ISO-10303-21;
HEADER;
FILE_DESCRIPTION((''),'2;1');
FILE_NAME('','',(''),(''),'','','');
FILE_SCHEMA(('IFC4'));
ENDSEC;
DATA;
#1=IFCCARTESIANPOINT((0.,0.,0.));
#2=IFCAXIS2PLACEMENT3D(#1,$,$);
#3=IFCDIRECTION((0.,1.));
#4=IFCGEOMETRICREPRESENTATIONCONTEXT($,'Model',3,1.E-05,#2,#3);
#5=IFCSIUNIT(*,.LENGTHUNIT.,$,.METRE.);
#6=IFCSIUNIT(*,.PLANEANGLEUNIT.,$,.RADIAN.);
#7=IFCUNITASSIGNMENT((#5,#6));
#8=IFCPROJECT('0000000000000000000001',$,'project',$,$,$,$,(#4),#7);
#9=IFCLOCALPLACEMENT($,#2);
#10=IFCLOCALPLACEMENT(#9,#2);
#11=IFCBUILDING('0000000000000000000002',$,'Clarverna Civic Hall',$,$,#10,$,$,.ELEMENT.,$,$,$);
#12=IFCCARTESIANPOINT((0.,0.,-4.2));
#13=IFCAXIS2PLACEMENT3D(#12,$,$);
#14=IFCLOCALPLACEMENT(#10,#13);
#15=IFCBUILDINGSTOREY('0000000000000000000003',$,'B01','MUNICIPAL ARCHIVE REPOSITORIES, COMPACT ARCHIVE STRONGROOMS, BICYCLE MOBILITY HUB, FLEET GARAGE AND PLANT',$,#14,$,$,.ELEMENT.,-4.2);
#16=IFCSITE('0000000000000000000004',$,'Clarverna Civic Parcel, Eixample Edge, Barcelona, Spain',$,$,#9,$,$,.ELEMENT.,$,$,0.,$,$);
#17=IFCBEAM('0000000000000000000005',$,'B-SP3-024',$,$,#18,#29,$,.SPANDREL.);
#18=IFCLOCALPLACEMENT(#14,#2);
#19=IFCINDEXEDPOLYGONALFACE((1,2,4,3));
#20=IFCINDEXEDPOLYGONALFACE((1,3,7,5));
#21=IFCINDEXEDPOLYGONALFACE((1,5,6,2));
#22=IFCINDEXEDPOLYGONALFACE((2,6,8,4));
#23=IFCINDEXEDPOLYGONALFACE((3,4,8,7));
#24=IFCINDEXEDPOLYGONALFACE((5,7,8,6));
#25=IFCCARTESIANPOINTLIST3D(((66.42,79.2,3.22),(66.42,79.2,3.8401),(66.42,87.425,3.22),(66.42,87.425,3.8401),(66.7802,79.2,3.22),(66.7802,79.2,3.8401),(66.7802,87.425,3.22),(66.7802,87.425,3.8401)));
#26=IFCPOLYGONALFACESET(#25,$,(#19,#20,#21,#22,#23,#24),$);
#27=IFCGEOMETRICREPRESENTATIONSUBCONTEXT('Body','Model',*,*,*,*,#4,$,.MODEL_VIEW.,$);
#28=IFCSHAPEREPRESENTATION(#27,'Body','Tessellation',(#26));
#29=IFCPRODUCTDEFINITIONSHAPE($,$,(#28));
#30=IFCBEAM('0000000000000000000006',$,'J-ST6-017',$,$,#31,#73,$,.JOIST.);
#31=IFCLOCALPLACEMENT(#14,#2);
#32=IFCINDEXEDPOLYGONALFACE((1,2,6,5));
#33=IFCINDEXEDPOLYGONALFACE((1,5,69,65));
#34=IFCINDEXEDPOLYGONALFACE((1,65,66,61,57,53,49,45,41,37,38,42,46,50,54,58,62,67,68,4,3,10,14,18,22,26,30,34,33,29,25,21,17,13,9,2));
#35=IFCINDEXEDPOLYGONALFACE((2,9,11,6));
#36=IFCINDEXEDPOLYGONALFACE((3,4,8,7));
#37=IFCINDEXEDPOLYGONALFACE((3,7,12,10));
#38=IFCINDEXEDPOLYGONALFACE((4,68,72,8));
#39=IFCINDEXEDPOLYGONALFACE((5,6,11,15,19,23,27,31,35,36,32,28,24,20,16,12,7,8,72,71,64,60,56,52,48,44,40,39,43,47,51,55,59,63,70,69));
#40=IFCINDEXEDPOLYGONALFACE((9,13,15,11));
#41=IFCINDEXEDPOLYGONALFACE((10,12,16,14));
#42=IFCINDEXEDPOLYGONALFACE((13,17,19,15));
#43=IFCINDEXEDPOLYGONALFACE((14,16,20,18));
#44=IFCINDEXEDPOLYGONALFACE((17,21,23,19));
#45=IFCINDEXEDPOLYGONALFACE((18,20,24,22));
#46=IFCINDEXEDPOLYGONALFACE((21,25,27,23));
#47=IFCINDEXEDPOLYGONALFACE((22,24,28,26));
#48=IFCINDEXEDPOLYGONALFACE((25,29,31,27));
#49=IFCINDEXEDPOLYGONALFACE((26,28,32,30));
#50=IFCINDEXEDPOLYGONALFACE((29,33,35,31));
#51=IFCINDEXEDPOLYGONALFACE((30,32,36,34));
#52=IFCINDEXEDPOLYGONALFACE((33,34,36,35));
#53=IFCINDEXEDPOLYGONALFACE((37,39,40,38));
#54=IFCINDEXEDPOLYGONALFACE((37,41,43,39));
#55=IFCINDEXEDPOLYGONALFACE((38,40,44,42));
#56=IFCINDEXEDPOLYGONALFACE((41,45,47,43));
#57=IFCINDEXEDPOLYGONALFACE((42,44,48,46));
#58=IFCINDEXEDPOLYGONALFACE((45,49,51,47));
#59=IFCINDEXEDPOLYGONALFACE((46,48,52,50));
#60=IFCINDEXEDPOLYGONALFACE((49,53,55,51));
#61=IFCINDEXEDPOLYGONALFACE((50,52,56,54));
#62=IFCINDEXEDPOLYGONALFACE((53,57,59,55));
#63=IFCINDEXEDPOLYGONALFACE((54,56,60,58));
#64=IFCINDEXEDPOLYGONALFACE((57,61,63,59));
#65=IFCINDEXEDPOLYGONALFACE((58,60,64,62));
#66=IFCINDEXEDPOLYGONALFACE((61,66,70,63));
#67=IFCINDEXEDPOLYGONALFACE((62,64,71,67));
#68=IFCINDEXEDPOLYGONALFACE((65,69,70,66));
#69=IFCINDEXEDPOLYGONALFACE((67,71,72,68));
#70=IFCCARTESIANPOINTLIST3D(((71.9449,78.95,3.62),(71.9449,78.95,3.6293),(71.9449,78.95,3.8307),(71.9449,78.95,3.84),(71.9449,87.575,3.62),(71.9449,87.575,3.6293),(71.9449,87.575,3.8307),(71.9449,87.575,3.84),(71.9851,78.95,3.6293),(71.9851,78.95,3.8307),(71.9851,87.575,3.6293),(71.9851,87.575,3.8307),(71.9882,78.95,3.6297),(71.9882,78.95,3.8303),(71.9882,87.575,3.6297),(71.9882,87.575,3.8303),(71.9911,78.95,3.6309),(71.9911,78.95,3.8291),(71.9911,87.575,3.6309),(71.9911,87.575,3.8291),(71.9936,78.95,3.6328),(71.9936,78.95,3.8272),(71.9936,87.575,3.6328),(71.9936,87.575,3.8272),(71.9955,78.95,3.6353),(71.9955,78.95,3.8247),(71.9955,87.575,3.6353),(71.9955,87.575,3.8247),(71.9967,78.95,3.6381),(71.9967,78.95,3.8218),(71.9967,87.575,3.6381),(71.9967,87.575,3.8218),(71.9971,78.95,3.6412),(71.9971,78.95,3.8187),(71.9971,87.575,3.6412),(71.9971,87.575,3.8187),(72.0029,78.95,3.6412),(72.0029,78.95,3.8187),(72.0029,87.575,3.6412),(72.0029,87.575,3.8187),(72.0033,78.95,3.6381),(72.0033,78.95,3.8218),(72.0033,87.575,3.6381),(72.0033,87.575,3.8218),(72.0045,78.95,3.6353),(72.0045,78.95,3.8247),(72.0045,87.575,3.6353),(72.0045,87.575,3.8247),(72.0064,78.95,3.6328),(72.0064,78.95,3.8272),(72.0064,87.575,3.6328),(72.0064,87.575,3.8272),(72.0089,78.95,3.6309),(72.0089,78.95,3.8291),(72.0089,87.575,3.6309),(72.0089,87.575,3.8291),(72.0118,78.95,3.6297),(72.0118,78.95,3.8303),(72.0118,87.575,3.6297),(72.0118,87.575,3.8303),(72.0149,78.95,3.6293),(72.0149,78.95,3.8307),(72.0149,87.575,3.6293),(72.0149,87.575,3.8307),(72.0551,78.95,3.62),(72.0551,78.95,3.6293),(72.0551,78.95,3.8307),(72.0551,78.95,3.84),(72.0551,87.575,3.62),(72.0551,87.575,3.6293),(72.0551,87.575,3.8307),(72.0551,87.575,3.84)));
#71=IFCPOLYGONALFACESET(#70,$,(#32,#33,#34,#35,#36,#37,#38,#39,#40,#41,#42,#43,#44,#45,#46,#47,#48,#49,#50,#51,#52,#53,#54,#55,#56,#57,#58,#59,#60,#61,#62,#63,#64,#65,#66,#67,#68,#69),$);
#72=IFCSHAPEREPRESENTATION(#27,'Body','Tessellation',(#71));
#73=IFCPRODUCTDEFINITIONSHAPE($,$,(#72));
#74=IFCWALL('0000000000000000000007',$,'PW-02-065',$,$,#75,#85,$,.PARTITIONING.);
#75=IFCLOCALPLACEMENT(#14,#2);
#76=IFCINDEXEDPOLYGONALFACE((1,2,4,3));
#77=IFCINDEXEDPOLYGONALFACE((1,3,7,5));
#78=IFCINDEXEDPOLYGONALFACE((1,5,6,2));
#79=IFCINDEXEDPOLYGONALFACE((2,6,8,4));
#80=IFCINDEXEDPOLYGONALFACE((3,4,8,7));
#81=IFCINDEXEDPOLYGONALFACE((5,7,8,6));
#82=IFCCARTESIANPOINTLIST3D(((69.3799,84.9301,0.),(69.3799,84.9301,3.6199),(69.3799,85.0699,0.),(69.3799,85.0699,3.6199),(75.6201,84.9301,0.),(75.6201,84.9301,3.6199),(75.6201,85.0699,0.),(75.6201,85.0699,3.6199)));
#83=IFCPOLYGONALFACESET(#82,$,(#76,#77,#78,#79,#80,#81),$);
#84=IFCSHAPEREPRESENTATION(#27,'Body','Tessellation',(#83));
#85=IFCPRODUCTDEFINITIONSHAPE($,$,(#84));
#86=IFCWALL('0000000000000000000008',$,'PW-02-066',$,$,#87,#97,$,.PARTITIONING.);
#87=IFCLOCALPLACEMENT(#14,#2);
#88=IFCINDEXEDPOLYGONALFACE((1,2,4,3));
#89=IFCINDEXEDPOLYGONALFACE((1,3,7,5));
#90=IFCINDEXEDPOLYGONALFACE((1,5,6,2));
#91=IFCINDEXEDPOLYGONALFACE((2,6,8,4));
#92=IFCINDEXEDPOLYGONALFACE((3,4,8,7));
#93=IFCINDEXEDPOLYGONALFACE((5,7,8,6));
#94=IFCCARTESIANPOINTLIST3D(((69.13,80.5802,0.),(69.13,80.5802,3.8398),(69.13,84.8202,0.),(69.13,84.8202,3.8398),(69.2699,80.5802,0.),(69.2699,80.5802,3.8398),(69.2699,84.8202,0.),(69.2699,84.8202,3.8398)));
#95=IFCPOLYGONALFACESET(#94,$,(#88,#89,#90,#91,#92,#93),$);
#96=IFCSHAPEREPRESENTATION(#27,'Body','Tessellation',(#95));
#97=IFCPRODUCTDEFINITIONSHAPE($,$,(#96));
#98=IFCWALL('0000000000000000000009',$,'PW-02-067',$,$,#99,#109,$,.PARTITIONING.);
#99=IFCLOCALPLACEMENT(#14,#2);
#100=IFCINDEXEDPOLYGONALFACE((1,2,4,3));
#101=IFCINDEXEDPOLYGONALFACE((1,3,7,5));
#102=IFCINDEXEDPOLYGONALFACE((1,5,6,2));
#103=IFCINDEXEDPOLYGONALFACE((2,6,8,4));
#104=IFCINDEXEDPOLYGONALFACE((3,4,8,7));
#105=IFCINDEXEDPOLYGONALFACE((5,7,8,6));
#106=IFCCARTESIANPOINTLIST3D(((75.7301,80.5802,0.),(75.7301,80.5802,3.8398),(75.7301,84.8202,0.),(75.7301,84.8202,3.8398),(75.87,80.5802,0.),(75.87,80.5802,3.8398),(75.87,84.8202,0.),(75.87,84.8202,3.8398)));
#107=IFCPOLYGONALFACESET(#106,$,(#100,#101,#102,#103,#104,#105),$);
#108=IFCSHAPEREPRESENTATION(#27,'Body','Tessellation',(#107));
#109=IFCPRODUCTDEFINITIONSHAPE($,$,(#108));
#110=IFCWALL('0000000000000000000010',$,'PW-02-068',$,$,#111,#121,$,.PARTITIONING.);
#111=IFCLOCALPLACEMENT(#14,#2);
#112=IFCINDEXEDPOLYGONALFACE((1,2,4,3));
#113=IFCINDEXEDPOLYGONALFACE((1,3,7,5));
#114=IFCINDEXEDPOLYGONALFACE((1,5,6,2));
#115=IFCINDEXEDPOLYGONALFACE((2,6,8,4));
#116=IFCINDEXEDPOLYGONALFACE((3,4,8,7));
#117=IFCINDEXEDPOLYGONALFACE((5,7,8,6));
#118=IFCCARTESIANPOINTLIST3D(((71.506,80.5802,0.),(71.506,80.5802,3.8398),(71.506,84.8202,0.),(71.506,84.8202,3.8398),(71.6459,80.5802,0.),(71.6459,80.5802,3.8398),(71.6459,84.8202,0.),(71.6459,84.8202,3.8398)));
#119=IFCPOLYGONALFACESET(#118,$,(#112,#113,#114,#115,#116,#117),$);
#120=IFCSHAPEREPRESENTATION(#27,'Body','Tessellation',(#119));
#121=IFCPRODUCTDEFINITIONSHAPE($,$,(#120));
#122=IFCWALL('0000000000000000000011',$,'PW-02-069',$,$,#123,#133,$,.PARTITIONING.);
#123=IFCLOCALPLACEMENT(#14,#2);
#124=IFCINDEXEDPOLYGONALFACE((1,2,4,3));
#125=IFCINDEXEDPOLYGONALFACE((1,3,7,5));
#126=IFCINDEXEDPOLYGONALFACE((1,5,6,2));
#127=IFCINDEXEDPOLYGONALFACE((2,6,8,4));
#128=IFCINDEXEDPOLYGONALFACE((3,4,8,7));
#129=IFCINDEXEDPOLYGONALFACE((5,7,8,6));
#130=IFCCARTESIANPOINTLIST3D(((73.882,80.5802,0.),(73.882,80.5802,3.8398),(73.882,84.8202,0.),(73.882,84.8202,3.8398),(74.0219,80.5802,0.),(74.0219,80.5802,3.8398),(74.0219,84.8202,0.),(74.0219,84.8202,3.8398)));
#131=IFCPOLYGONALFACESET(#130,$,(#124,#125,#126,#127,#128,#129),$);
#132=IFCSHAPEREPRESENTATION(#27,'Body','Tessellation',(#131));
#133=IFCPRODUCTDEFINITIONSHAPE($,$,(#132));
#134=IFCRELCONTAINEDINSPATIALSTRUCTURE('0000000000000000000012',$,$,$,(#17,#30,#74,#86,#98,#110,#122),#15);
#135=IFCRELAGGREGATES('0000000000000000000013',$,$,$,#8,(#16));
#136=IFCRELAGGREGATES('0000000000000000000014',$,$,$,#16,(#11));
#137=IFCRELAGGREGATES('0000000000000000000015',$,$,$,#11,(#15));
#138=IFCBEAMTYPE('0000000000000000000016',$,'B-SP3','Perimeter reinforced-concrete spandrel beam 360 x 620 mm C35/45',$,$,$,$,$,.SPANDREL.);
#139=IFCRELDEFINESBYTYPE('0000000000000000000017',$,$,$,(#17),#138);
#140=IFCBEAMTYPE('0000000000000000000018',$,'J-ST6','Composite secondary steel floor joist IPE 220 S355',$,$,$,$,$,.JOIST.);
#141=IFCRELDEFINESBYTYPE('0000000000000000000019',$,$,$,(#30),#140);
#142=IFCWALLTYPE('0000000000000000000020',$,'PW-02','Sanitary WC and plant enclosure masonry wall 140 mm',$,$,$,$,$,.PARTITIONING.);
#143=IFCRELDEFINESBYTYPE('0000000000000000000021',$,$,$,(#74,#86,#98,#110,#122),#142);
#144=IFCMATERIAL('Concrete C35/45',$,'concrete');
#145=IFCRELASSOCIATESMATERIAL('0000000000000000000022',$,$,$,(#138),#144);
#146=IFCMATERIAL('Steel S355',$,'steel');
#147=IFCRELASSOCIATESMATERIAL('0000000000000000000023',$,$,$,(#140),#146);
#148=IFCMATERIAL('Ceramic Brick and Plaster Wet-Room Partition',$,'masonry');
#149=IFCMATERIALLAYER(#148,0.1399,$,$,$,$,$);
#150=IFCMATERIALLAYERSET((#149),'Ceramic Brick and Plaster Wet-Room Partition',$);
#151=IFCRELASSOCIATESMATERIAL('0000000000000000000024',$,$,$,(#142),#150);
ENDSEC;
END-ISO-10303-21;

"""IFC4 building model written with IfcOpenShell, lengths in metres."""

from ifc_helpers import new_model, si_unit, direction, frame, frame_2d, origin, origin_2d, place, context, subcontext, project, spatial, rectangle, i_section, extrude, material, layer, layer_set, material_profile, profile_set, type_object, element, save


model = new_model("IFC4")

# Units and contexts
model_context = context("Model", 3, precision=1e-05, world=origin(), true_north=direction((0.0, 1.0)))
body_context = subcontext(model_context, "Body", "Model", "MODEL_VIEW")
ifc_project = project(units=[si_unit("LENGTHUNIT", "METRE"), si_unit("PLANEANGLEUNIT", "RADIAN")], contexts=[model_context])

# Site, building, storey
site_placement = place(None, origin())
site = spatial("IfcSite", under=ifc_project, at=site_placement, Name="Clarverna Civic Parcel, Eixample Edge, Barcelona, Spain", CompositionType="ELEMENT", RefElevation=0.0)
building_placement = place(site_placement, origin())
building = spatial("IfcBuilding", under=site, at=building_placement, Name="Clarverna Civic Hall", CompositionType="ELEMENT")
storey_placement = place(building_placement, frame((0.0, 0.0, -4.2)))
storey = spatial("IfcBuildingStorey", under=building, at=storey_placement, Name="B01", Description="MUNICIPAL ARCHIVE REPOSITORIES, COMPACT ARCHIVE STRONGROOMS, BICYCLE MOBILITY HUB, FLEET GARAGE AND PLANT", CompositionType="ELEMENT", Elevation=-4.2)

# Beams
ifc_material_1 = material(Name="Concrete C35/45", Category="concrete")
ifc_material_profile_1 = material_profile(ifc_material_1, rectangle(XDim=0.3601, YDim=0.6201, at=origin_2d()), Name="RC 360x620")
ifc_profile_set_1 = profile_set([ifc_material_profile_1], Name="Concrete C35/45")
beam_type_1 = type_object("IfcBeamType", Name="B-SP3", Description="Perimeter reinforced-concrete spandrel beam 360 x 620 mm C35/45", PredefinedType="SPANDREL", material=ifc_profile_set_1)
beam_1_placement = place(storey_placement, frame((66.6001, 79.2, 3.53), z_axis=(0.0, 1.0, 0.0), x_axis=(-1.0, 0.0, 0.0)))
element("IfcBeam", 1, at=beam_1_placement, inside=storey, type_object=beam_type_1, Name="B-SP3-024", PredefinedType="SPANDREL", context=body_context, shape_type="SweptSolid", body=[
    extrude(rectangle(XDim=0.3601, YDim=0.6201, at=origin_2d()), origin(), (0.0, 0.0, 1.0), 8.2251),
])
ifc_material_2 = material(Name="Steel S355", Category="steel")
ifc_material_profile_2 = material_profile(ifc_material_2, i_section(OverallWidth=0.1101, OverallDepth=0.22, WebThickness=0.0059, FlangeThickness=0.0093, FilletRadius=0.012, at=origin_2d()), Name="IPE 220")
ifc_profile_set_2 = profile_set([ifc_material_profile_2], Name="Steel S355")
beam_type_2 = type_object("IfcBeamType", Name="J-ST6", Description="Composite secondary steel floor joist IPE 220 S355", PredefinedType="JOIST", material=ifc_profile_set_2)
beam_2_placement = place(storey_placement, frame((72.0, 78.95, 3.73), z_axis=(0.0, 1.0, 0.0), x_axis=(-1.0, 0.0, 0.0)))
element("IfcBeam", 2, at=beam_2_placement, inside=storey, type_object=beam_type_2, Name="J-ST6-017", PredefinedType="JOIST", context=body_context, shape_type="SweptSolid", body=[
    extrude(i_section(OverallWidth=0.1101, OverallDepth=0.22, WebThickness=0.0059, FlangeThickness=0.0093, FilletRadius=0.012, at=origin_2d()), origin(), (0.0, 0.0, 1.0), 8.625),
])

# Walls
ifc_material_3 = material(Name="Ceramic Brick and Plaster Wet-Room Partition", Category="masonry")
ifc_layer = layer(ifc_material_3, 0.1399)
ifc_layer_set = layer_set([ifc_layer], Name="Ceramic Brick and Plaster Wet-Room Partition")
wall_type = type_object("IfcWallType", Name="PW-02", Description="Sanitary WC and plant enclosure masonry wall 140 mm", PredefinedType="PARTITIONING", material=ifc_layer_set)
wall_1_placement = place(storey_placement, frame((69.3799, 85.0, 0.0), z_axis=(0.0, 0.0, 1.0), x_axis=(1.0, 0.0, 0.0)))
element("IfcWall", 3, at=wall_1_placement, inside=storey, type_object=wall_type, Name="PW-02-065", PredefinedType="PARTITIONING", context=body_context, shape_type="SweptSolid", body=[
    extrude(rectangle(XDim=6.2402, YDim=0.1399, at=frame_2d((3.1201, 0.0))), origin(), (0.0, 0.0, 1.0), 3.6199),
])
for number, where, z_axis, x_axis, name in (
    (4, (69.2, 80.5801, 0.0), (0.0, 0.0, 1.0), (0.0, 1.0, 0.0), "PW-02-066"),
    (5, (75.8, 80.5801, 0.0), (0.0, 0.0, 1.0), (0.0, 1.0, 0.0), "PW-02-067"),
    (6, (71.5759, 80.5801, 0.0), (0.0, 0.0, 1.0), (0.0, 1.0, 0.0), "PW-02-068"),
    (7, (73.9519, 80.5801, 0.0), (0.0, 0.0, 1.0), (0.0, 1.0, 0.0), "PW-02-069"),
):
    element("IfcWall", number, at=place(storey_placement, frame(where, z_axis=z_axis, x_axis=x_axis)), inside=storey, type_object=wall_type, Name=name, PredefinedType="PARTITIONING", context=body_context, shape_type="SweptSolid", body=[
        extrude(rectangle(XDim=4.24, YDim=0.1399, at=frame_2d((2.1201, 0.0))), origin(), (0.0, 0.0, 1.0), 3.8398),
    ])

save(model, "model.ifc")
